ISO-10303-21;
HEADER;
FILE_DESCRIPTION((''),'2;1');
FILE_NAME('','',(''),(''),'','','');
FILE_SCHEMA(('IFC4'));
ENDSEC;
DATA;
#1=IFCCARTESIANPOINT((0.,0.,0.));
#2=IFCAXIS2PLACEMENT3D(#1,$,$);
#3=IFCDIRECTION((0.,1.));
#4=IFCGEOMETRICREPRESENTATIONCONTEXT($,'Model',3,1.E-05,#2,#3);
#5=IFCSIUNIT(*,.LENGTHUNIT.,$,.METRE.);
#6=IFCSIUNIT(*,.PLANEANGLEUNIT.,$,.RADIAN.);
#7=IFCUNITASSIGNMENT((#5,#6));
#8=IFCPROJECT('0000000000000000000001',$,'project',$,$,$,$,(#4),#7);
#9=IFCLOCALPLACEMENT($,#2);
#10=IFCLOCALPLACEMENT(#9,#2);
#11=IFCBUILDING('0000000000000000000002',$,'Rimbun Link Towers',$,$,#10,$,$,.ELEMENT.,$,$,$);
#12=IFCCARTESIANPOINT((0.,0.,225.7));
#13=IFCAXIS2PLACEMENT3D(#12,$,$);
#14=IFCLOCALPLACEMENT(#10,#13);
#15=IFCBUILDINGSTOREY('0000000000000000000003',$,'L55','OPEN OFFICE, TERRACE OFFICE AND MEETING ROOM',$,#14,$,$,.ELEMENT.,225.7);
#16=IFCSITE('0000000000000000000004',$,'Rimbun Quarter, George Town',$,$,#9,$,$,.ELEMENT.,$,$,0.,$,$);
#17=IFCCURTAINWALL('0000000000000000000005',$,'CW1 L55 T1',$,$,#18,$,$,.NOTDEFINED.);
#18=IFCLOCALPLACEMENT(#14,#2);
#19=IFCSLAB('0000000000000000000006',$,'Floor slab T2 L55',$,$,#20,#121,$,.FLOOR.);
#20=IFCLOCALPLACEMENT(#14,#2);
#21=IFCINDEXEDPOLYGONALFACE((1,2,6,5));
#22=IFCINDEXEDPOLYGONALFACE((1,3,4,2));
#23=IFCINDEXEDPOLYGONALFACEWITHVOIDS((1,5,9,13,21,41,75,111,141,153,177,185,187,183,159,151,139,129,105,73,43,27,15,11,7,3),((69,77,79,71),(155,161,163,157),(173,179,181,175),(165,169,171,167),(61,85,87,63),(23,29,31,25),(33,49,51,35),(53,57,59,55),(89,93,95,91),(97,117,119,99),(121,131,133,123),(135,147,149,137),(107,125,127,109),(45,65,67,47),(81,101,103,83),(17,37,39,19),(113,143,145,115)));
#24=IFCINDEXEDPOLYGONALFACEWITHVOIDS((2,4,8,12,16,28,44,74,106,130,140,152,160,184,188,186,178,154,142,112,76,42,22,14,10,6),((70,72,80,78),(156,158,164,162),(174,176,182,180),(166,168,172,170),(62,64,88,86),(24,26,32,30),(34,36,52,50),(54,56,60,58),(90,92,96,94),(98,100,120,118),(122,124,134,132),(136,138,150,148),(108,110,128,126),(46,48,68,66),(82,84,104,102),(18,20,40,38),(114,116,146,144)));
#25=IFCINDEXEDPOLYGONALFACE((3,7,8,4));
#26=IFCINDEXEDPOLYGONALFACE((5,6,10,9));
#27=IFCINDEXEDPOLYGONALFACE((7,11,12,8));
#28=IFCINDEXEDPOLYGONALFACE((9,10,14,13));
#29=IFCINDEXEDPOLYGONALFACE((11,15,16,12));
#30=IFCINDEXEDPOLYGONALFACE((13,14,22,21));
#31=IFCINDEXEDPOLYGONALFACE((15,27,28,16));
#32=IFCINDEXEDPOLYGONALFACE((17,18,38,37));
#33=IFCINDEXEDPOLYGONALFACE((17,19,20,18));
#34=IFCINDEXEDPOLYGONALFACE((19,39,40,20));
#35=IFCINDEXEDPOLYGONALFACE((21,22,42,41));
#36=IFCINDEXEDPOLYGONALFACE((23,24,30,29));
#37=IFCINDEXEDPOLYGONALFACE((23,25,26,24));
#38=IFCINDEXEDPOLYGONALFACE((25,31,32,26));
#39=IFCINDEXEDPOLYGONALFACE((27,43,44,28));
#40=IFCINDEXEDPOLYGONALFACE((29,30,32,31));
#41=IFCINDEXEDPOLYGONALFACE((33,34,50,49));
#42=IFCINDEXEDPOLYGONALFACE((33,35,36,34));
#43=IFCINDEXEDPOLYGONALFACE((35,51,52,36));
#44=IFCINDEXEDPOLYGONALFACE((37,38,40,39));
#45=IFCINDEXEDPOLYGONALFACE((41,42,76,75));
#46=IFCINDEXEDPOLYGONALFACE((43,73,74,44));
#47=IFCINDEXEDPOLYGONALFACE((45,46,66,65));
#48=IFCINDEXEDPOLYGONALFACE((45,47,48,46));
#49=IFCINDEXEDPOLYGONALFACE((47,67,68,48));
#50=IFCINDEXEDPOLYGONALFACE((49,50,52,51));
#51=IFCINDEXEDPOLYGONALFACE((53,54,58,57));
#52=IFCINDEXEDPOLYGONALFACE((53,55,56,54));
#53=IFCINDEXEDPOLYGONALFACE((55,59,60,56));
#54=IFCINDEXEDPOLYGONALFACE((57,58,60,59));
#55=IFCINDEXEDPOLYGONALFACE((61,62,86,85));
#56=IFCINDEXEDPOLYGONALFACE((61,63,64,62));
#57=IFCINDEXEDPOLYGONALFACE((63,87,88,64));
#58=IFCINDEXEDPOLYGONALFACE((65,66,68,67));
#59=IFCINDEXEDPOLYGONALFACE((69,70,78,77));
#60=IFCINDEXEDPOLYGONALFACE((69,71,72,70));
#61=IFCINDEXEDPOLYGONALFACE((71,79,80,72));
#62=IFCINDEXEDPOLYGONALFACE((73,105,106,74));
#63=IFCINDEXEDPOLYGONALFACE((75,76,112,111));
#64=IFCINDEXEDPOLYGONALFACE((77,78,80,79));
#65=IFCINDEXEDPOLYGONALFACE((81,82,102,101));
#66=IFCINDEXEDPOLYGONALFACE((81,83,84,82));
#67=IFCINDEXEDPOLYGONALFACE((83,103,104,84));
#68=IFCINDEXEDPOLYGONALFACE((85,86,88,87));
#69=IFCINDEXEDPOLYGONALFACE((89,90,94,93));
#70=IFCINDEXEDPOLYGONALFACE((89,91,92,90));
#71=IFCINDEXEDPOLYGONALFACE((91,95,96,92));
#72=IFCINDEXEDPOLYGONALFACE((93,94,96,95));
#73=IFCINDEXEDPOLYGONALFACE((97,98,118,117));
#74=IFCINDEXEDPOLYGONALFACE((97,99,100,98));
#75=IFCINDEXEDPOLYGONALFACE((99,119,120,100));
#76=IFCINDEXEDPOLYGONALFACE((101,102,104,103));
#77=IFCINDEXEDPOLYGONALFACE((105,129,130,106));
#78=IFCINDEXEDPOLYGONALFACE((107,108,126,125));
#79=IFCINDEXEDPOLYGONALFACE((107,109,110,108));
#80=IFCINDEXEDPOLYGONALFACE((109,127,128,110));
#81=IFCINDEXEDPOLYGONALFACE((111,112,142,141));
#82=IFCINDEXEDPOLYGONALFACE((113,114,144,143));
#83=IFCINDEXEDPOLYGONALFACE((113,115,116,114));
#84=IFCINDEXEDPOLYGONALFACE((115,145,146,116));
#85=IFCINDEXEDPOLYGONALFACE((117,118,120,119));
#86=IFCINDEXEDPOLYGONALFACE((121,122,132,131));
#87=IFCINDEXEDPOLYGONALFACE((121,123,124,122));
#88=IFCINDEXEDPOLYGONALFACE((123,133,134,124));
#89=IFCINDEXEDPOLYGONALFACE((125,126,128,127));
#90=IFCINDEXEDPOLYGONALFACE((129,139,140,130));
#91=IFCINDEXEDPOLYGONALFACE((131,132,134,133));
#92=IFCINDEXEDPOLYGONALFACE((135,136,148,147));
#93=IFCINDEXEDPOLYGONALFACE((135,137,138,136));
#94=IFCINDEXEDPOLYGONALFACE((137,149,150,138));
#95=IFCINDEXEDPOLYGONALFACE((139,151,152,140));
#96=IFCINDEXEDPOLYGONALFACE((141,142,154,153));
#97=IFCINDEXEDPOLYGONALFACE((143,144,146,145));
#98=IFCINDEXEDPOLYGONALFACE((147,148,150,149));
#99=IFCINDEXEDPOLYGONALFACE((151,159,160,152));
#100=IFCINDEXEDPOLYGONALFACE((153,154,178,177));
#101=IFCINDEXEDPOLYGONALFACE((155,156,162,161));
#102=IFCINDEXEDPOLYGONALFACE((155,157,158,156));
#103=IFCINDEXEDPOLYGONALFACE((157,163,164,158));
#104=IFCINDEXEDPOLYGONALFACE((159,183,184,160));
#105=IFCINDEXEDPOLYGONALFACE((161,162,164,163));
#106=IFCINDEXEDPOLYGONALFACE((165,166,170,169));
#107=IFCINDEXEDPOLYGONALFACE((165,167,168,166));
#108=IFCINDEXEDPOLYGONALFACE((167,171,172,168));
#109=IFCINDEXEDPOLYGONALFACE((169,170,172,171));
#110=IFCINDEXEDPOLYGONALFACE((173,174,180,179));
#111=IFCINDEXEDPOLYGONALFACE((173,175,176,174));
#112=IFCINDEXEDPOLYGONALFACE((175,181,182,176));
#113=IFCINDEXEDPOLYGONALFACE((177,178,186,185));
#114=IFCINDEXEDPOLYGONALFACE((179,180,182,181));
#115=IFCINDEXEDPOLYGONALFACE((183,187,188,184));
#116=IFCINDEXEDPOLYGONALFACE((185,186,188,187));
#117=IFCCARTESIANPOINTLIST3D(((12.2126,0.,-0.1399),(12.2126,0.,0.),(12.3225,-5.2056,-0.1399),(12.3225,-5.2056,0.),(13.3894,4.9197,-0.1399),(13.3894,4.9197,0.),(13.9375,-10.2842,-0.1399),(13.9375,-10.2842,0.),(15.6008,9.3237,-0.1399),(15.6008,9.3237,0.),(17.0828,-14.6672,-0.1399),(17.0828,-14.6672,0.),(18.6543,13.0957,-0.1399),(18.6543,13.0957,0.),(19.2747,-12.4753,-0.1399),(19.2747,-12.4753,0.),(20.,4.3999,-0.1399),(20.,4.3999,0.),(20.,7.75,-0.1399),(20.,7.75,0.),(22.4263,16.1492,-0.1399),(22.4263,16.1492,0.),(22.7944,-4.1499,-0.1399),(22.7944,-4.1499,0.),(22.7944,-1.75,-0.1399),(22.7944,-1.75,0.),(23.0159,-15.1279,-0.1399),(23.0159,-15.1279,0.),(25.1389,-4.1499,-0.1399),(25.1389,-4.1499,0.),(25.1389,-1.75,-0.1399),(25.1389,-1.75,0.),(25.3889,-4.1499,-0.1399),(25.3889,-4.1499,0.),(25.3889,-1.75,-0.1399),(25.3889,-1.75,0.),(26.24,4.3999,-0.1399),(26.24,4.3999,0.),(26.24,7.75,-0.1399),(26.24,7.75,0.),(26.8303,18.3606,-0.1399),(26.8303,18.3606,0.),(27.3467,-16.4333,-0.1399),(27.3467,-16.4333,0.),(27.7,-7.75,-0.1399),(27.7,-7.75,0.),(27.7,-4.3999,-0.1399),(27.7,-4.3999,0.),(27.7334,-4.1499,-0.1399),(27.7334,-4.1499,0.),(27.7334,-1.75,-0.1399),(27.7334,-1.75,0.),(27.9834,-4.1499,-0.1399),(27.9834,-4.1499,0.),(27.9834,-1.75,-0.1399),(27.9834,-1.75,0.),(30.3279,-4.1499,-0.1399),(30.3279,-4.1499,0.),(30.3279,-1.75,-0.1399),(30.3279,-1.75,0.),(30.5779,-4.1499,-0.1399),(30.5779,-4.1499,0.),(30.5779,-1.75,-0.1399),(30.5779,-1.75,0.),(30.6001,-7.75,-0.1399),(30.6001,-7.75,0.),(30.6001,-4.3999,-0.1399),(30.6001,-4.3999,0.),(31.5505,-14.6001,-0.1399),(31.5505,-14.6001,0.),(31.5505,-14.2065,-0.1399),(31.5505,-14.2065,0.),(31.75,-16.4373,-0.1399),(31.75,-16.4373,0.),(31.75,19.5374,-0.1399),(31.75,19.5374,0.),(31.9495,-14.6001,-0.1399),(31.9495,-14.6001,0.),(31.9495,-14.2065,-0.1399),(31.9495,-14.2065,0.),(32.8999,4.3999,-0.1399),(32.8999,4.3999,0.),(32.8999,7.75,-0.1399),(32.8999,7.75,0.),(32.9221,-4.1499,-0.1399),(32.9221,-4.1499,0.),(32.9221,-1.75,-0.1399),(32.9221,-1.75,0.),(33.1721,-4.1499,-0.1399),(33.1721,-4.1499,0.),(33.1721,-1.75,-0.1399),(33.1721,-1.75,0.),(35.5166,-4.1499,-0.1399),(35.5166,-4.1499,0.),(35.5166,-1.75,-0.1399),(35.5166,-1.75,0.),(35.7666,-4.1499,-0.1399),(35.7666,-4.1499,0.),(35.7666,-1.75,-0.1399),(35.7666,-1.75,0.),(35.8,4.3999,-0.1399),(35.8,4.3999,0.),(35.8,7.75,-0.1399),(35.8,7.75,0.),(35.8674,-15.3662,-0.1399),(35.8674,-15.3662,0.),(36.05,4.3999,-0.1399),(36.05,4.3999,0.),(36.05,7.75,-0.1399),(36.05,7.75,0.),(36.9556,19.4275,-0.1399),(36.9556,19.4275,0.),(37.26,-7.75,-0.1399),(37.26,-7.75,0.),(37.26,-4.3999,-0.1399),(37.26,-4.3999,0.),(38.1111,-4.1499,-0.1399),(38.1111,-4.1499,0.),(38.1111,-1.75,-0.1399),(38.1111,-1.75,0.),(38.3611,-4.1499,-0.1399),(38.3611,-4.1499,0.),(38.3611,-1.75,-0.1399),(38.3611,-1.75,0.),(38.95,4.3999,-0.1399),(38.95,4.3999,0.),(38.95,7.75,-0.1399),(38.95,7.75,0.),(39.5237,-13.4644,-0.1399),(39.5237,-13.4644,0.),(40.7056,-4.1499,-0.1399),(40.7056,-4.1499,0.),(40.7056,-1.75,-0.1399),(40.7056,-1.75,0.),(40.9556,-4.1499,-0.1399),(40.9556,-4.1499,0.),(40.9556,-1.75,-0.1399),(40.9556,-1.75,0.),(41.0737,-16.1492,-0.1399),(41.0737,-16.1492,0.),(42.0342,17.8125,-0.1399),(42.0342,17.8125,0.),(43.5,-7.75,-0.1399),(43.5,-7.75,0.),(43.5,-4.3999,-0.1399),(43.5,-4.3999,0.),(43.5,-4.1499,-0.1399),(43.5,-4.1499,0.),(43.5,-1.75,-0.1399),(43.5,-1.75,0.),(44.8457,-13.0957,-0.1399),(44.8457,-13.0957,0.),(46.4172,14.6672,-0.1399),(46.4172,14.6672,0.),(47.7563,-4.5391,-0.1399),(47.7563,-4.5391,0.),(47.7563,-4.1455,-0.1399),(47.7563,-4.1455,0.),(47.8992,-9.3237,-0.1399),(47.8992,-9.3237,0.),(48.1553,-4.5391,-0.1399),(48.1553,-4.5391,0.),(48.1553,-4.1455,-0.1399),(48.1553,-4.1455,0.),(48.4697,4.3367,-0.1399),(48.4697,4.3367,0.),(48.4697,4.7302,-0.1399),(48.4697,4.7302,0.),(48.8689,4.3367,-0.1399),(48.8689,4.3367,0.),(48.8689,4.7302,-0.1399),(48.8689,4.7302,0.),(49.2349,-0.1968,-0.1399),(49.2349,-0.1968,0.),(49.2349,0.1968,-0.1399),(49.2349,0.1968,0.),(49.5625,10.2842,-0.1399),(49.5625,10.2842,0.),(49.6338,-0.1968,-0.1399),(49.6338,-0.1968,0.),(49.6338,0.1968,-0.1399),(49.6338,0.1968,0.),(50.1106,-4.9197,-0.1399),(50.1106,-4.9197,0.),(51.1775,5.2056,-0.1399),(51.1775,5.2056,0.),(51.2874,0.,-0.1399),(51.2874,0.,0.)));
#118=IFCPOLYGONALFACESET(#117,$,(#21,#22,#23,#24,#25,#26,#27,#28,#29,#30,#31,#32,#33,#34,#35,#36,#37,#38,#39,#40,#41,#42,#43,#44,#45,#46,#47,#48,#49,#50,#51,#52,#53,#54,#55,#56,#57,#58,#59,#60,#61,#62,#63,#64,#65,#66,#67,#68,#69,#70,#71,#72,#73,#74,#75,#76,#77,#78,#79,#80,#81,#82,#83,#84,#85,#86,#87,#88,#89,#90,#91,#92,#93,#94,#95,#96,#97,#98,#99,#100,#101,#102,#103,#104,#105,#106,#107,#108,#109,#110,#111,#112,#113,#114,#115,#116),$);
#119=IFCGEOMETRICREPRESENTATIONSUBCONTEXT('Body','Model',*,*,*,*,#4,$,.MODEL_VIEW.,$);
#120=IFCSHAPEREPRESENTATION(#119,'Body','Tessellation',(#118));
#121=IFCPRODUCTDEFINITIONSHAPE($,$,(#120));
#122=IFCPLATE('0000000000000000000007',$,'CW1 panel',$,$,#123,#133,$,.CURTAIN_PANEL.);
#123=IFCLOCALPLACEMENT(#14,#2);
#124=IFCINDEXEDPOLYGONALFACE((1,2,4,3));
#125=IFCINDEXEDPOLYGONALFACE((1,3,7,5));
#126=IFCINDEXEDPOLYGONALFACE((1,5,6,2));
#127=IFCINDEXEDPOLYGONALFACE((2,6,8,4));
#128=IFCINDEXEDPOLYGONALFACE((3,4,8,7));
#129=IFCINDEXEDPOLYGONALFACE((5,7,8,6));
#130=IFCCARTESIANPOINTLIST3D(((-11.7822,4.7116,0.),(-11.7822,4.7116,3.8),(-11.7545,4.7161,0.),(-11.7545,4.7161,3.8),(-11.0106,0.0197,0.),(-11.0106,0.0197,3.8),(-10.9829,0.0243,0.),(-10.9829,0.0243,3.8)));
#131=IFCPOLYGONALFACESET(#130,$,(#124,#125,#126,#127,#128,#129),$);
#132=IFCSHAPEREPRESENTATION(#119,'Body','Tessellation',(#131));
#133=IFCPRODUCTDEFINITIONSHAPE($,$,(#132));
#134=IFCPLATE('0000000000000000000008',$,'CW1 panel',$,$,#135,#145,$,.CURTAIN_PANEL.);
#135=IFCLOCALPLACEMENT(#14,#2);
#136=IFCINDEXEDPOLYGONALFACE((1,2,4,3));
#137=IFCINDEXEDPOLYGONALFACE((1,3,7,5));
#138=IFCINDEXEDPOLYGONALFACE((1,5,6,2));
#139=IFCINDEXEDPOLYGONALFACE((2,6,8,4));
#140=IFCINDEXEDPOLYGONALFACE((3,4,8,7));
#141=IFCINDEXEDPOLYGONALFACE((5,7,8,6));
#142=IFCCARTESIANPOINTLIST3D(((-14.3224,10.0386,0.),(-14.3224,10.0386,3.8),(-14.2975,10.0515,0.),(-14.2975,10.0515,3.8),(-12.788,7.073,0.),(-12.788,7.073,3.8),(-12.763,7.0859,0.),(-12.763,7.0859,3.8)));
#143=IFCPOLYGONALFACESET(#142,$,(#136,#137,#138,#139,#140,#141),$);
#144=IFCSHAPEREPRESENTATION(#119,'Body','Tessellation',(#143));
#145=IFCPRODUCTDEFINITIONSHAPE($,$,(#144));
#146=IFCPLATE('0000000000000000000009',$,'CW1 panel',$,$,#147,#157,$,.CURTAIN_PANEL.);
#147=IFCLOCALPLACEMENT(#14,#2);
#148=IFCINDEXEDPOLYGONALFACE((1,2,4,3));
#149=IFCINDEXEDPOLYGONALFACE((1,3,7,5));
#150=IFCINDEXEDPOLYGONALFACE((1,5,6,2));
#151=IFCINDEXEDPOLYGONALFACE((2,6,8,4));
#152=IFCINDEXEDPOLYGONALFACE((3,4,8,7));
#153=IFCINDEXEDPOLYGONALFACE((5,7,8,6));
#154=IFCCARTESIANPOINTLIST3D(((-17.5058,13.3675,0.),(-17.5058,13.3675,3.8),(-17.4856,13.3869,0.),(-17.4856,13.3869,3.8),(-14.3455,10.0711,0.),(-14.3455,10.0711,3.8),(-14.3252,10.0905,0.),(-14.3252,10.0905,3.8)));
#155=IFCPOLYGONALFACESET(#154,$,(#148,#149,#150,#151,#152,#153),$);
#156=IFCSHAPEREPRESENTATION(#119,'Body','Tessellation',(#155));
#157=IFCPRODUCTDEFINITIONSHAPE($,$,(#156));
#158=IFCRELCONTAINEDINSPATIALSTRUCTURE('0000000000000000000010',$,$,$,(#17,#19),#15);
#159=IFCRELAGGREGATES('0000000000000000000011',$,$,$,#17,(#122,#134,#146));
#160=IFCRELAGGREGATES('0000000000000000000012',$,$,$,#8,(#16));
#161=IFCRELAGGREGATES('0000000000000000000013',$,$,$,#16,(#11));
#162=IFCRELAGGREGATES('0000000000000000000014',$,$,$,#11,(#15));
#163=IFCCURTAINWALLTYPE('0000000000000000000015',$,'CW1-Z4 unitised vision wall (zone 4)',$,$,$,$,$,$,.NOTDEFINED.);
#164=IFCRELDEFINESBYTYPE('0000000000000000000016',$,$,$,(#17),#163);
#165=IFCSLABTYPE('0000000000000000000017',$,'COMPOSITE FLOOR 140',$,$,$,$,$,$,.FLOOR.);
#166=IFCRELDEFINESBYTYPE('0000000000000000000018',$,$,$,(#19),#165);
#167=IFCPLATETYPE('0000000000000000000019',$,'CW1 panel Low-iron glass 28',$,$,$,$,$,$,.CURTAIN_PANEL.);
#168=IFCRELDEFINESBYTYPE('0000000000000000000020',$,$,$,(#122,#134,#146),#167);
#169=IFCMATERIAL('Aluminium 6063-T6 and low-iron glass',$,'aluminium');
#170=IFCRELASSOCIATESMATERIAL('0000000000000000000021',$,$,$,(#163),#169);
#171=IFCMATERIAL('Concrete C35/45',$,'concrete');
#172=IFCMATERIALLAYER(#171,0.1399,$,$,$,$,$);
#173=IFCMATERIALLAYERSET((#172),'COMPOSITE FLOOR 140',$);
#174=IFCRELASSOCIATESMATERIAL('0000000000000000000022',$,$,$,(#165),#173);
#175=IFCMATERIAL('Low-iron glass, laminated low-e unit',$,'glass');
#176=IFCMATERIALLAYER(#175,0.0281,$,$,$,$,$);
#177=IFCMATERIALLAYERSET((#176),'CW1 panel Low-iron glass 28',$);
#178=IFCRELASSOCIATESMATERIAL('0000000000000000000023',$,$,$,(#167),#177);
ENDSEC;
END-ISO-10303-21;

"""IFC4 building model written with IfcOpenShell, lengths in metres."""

from ifc_helpers import new_model, si_unit, direction, frame, origin, origin_2d, place, context, subcontext, project, spatial, polyline, rectangle, outline, extrude, material, layer, layer_set, type_object, element, aggregate, save


model = new_model("IFC4")

# Units and contexts
model_context = context("Model", 3, precision=1e-05, world=origin(), true_north=direction((0.0, 1.0)))
body_context = subcontext(model_context, "Body", "Model", "MODEL_VIEW")
ifc_project = project(units=[si_unit("LENGTHUNIT", "METRE"), si_unit("PLANEANGLEUNIT", "RADIAN")], contexts=[model_context])

# Site, building, storey
site_placement = place(None, origin())
site = spatial("IfcSite", under=ifc_project, at=site_placement, Name="Rimbun Quarter, George Town", CompositionType="ELEMENT", RefElevation=0.0)
building_placement = place(site_placement, origin())
building = spatial("IfcBuilding", under=site, at=building_placement, Name="Rimbun Link Towers", CompositionType="ELEMENT")
storey_placement = place(building_placement, frame((0.0, 0.0, 225.7)))
storey = spatial("IfcBuildingStorey", under=building, at=storey_placement, Name="L55", Description="OPEN OFFICE, TERRACE OFFICE AND MEETING ROOM", CompositionType="ELEMENT", Elevation=225.7)

# Curtain wall
ifc_material_1 = material(Name="Aluminium 6063-T6 and low-iron glass", Category="aluminium")
curtain_wall_type = type_object("IfcCurtainWallType", Name="CW1-Z4 unitised vision wall (zone 4)", PredefinedType="NOTDEFINED", material=ifc_material_1)
curtain_wall_placement = place(storey_placement, origin())
curtain_wall = element("IfcCurtainWall", 1, at=curtain_wall_placement, inside=storey, type_object=curtain_wall_type, Name="CW1 L55 T1", PredefinedType="NOTDEFINED")

# Slab
ifc_material_2 = material(Name="Concrete C35/45", Category="concrete")
ifc_layer_1 = layer(ifc_material_2, 0.1399)
ifc_layer_set_1 = layer_set([ifc_layer_1], Name="COMPOSITE FLOOR 140")
slab_type = type_object("IfcSlabType", Name="COMPOSITE FLOOR 140", PredefinedType="FLOOR", material=ifc_layer_set_1)
slab_placement = place(storey_placement, frame((0.0, 0.0, -0.1399)))
element("IfcSlab", 2, at=slab_placement, inside=storey, type_object=slab_type, Name="Floor slab T2 L55", PredefinedType="FLOOR", context=body_context, shape_type="SweptSolid", body=[
    extrude(outline(polyline([(13.9375, -10.2842), (12.3225, -5.2056), (12.2126, 0.0), (13.3894, 4.9197), (15.6008, 9.3237), (18.6543, 13.0957), (22.4263, 16.1492), (26.8303, 18.3606), (31.75, 19.5374), (36.9556, 19.4275), (42.0342, 17.8125), (46.4172, 14.6672), (49.5625, 10.2842), (51.1775, 5.2056), (51.2874, 0.0), (50.1106, -4.9197), (47.8992, -9.3237), (44.8457, -13.0957), (41.0737, -16.1492), (39.5237, -13.4644), (35.8674, -15.3662), (31.75, -16.4373), (27.3467, -16.4333), (23.0159, -15.1279), (19.2747, -12.4753), (17.0828, -14.6672), (13.9375, -10.2842)]), holes=[polyline([(31.9495, -14.6001), (31.9495, -14.2065), (31.5505, -14.2065), (31.5505, -14.6001), (31.9495, -14.6001)]), polyline([(30.6001, -7.75), (30.6001, -4.3999), (27.7, -4.3999), (27.7, -7.75), (30.6001, -7.75)]), polyline([(25.1389, -4.1499), (25.1389, -1.75), (22.7944, -1.75), (22.7944, -4.1499), (25.1389, -4.1499)]), polyline([(27.7334, -4.1499), (27.7334, -1.75), (25.3889, -1.75), (25.3889, -4.1499), (27.7334, -4.1499)]), polyline([(30.3279, -4.1499), (30.3279, -1.75), (27.9834, -1.75), (27.9834, -4.1499), (30.3279, -4.1499)]), polyline([(32.9221, -4.1499), (32.9221, -1.75), (30.5779, -1.75), (30.5779, -4.1499), (32.9221, -4.1499)]), polyline([(35.5166, -4.1499), (35.5166, -1.75), (33.1721, -1.75), (33.1721, -4.1499), (35.5166, -4.1499)]), polyline([(26.24, 4.3999), (26.24, 7.75), (20.0, 7.75), (20.0, 4.3999), (26.24, 4.3999)]), polyline([(35.8, 4.3999), (35.8, 7.75), (32.8999, 7.75), (32.8999, 4.3999), (35.8, 4.3999)]), polyline([(43.5, -7.75), (43.5, -4.3999), (37.26, -4.3999), (37.26, -7.75), (43.5, -7.75)]), polyline([(48.1553, -4.5391), (48.1553, -4.1455), (47.7563, -4.1455), (47.7563, -4.5391), (48.1553, -4.5391)]), polyline([(38.1111, -4.1499), (38.1111, -1.75), (35.7666, -1.75), (35.7666, -4.1499), (38.1111, -4.1499)]), polyline([(40.7056, -4.1499), (40.7056, -1.75), (38.3611, -1.75), (38.3611, -4.1499), (40.7056, -4.1499)]), polyline([(43.5, -4.1499), (43.5, -1.75), (40.9556, -1.75), (40.9556, -4.1499), (43.5, -4.1499)]), polyline([(49.6338, -0.1968), (49.6338, 0.1968), (49.2349, 0.1968), (49.2349, -0.1968), (49.6338, -0.1968)]), polyline([(48.4697, 4.3367), (48.8689, 4.3367), (48.8689, 4.7302), (48.4697, 4.7302), (48.4697, 4.3367)]), polyline([(36.05, 4.3999), (38.95, 4.3999), (38.95, 7.75), (36.05, 7.75), (36.05, 4.3999)])]), origin(), (0.0, 0.0, 1.0), 0.1399),
])

# Plates
ifc_material_3 = material(Name="Low-iron glass, laminated low-e unit", Category="glass")
ifc_layer_2 = layer(ifc_material_3, 0.0281)
ifc_layer_set_2 = layer_set([ifc_layer_2], Name="CW1 panel Low-iron glass 28")
plate_type = type_object("IfcPlateType", Name="CW1 panel Low-iron glass 28", PredefinedType="CURTAIN_PANEL", material=ifc_layer_set_2)
plate_1_placement = place(storey_placement, frame((-11.3826, 2.3679, 0.0), z_axis=(0.0, 0.0, 1.0), x_axis=(0.162264, -0.986747, 0.0)))
plate_1 = element("IfcPlate", 3, at=plate_1_placement, type_object=plate_type, Name="CW1 panel", PredefinedType="CURTAIN_PANEL", context=body_context, shape_type="SweptSolid", body=[
    extrude(rectangle(XDim=4.7549, YDim=0.0281, at=origin_2d()), origin(), (0.0, 0.0, 1.0), 3.8),
])
plate_2_placement = place(storey_placement, frame((-13.5427, 8.5623, 0.0), z_axis=(0.0, 0.0, 1.0), x_axis=(0.459548, -0.888153, 0.0)))
plate_2 = element("IfcPlate", 4, at=plate_2_placement, type_object=plate_type, Name="CW1 panel", PredefinedType="CURTAIN_PANEL", context=body_context, shape_type="SweptSolid", body=[
    extrude(rectangle(XDim=3.3391, YDim=0.0281, at=origin_2d()), origin(), (0.0, 0.0, 1.0), 3.8),
])
plate_3_placement = place(storey_placement, frame((-15.9155, 11.729, 0.0), z_axis=(0.0, 0.0, 1.0), x_axis=(0.692046, -0.721853, 0.0)))
plate_3 = element("IfcPlate", 5, at=plate_3_placement, type_object=plate_type, Name="CW1 panel", PredefinedType="CURTAIN_PANEL", context=body_context, shape_type="SweptSolid", body=[
    extrude(rectangle(XDim=4.5667, YDim=0.0281, at=origin_2d()), origin(), (0.0, 0.0, 1.0), 3.8),
])
aggregate(curtain_wall, [plate_1, plate_2, plate_3])

save(model, "model.ifc")
